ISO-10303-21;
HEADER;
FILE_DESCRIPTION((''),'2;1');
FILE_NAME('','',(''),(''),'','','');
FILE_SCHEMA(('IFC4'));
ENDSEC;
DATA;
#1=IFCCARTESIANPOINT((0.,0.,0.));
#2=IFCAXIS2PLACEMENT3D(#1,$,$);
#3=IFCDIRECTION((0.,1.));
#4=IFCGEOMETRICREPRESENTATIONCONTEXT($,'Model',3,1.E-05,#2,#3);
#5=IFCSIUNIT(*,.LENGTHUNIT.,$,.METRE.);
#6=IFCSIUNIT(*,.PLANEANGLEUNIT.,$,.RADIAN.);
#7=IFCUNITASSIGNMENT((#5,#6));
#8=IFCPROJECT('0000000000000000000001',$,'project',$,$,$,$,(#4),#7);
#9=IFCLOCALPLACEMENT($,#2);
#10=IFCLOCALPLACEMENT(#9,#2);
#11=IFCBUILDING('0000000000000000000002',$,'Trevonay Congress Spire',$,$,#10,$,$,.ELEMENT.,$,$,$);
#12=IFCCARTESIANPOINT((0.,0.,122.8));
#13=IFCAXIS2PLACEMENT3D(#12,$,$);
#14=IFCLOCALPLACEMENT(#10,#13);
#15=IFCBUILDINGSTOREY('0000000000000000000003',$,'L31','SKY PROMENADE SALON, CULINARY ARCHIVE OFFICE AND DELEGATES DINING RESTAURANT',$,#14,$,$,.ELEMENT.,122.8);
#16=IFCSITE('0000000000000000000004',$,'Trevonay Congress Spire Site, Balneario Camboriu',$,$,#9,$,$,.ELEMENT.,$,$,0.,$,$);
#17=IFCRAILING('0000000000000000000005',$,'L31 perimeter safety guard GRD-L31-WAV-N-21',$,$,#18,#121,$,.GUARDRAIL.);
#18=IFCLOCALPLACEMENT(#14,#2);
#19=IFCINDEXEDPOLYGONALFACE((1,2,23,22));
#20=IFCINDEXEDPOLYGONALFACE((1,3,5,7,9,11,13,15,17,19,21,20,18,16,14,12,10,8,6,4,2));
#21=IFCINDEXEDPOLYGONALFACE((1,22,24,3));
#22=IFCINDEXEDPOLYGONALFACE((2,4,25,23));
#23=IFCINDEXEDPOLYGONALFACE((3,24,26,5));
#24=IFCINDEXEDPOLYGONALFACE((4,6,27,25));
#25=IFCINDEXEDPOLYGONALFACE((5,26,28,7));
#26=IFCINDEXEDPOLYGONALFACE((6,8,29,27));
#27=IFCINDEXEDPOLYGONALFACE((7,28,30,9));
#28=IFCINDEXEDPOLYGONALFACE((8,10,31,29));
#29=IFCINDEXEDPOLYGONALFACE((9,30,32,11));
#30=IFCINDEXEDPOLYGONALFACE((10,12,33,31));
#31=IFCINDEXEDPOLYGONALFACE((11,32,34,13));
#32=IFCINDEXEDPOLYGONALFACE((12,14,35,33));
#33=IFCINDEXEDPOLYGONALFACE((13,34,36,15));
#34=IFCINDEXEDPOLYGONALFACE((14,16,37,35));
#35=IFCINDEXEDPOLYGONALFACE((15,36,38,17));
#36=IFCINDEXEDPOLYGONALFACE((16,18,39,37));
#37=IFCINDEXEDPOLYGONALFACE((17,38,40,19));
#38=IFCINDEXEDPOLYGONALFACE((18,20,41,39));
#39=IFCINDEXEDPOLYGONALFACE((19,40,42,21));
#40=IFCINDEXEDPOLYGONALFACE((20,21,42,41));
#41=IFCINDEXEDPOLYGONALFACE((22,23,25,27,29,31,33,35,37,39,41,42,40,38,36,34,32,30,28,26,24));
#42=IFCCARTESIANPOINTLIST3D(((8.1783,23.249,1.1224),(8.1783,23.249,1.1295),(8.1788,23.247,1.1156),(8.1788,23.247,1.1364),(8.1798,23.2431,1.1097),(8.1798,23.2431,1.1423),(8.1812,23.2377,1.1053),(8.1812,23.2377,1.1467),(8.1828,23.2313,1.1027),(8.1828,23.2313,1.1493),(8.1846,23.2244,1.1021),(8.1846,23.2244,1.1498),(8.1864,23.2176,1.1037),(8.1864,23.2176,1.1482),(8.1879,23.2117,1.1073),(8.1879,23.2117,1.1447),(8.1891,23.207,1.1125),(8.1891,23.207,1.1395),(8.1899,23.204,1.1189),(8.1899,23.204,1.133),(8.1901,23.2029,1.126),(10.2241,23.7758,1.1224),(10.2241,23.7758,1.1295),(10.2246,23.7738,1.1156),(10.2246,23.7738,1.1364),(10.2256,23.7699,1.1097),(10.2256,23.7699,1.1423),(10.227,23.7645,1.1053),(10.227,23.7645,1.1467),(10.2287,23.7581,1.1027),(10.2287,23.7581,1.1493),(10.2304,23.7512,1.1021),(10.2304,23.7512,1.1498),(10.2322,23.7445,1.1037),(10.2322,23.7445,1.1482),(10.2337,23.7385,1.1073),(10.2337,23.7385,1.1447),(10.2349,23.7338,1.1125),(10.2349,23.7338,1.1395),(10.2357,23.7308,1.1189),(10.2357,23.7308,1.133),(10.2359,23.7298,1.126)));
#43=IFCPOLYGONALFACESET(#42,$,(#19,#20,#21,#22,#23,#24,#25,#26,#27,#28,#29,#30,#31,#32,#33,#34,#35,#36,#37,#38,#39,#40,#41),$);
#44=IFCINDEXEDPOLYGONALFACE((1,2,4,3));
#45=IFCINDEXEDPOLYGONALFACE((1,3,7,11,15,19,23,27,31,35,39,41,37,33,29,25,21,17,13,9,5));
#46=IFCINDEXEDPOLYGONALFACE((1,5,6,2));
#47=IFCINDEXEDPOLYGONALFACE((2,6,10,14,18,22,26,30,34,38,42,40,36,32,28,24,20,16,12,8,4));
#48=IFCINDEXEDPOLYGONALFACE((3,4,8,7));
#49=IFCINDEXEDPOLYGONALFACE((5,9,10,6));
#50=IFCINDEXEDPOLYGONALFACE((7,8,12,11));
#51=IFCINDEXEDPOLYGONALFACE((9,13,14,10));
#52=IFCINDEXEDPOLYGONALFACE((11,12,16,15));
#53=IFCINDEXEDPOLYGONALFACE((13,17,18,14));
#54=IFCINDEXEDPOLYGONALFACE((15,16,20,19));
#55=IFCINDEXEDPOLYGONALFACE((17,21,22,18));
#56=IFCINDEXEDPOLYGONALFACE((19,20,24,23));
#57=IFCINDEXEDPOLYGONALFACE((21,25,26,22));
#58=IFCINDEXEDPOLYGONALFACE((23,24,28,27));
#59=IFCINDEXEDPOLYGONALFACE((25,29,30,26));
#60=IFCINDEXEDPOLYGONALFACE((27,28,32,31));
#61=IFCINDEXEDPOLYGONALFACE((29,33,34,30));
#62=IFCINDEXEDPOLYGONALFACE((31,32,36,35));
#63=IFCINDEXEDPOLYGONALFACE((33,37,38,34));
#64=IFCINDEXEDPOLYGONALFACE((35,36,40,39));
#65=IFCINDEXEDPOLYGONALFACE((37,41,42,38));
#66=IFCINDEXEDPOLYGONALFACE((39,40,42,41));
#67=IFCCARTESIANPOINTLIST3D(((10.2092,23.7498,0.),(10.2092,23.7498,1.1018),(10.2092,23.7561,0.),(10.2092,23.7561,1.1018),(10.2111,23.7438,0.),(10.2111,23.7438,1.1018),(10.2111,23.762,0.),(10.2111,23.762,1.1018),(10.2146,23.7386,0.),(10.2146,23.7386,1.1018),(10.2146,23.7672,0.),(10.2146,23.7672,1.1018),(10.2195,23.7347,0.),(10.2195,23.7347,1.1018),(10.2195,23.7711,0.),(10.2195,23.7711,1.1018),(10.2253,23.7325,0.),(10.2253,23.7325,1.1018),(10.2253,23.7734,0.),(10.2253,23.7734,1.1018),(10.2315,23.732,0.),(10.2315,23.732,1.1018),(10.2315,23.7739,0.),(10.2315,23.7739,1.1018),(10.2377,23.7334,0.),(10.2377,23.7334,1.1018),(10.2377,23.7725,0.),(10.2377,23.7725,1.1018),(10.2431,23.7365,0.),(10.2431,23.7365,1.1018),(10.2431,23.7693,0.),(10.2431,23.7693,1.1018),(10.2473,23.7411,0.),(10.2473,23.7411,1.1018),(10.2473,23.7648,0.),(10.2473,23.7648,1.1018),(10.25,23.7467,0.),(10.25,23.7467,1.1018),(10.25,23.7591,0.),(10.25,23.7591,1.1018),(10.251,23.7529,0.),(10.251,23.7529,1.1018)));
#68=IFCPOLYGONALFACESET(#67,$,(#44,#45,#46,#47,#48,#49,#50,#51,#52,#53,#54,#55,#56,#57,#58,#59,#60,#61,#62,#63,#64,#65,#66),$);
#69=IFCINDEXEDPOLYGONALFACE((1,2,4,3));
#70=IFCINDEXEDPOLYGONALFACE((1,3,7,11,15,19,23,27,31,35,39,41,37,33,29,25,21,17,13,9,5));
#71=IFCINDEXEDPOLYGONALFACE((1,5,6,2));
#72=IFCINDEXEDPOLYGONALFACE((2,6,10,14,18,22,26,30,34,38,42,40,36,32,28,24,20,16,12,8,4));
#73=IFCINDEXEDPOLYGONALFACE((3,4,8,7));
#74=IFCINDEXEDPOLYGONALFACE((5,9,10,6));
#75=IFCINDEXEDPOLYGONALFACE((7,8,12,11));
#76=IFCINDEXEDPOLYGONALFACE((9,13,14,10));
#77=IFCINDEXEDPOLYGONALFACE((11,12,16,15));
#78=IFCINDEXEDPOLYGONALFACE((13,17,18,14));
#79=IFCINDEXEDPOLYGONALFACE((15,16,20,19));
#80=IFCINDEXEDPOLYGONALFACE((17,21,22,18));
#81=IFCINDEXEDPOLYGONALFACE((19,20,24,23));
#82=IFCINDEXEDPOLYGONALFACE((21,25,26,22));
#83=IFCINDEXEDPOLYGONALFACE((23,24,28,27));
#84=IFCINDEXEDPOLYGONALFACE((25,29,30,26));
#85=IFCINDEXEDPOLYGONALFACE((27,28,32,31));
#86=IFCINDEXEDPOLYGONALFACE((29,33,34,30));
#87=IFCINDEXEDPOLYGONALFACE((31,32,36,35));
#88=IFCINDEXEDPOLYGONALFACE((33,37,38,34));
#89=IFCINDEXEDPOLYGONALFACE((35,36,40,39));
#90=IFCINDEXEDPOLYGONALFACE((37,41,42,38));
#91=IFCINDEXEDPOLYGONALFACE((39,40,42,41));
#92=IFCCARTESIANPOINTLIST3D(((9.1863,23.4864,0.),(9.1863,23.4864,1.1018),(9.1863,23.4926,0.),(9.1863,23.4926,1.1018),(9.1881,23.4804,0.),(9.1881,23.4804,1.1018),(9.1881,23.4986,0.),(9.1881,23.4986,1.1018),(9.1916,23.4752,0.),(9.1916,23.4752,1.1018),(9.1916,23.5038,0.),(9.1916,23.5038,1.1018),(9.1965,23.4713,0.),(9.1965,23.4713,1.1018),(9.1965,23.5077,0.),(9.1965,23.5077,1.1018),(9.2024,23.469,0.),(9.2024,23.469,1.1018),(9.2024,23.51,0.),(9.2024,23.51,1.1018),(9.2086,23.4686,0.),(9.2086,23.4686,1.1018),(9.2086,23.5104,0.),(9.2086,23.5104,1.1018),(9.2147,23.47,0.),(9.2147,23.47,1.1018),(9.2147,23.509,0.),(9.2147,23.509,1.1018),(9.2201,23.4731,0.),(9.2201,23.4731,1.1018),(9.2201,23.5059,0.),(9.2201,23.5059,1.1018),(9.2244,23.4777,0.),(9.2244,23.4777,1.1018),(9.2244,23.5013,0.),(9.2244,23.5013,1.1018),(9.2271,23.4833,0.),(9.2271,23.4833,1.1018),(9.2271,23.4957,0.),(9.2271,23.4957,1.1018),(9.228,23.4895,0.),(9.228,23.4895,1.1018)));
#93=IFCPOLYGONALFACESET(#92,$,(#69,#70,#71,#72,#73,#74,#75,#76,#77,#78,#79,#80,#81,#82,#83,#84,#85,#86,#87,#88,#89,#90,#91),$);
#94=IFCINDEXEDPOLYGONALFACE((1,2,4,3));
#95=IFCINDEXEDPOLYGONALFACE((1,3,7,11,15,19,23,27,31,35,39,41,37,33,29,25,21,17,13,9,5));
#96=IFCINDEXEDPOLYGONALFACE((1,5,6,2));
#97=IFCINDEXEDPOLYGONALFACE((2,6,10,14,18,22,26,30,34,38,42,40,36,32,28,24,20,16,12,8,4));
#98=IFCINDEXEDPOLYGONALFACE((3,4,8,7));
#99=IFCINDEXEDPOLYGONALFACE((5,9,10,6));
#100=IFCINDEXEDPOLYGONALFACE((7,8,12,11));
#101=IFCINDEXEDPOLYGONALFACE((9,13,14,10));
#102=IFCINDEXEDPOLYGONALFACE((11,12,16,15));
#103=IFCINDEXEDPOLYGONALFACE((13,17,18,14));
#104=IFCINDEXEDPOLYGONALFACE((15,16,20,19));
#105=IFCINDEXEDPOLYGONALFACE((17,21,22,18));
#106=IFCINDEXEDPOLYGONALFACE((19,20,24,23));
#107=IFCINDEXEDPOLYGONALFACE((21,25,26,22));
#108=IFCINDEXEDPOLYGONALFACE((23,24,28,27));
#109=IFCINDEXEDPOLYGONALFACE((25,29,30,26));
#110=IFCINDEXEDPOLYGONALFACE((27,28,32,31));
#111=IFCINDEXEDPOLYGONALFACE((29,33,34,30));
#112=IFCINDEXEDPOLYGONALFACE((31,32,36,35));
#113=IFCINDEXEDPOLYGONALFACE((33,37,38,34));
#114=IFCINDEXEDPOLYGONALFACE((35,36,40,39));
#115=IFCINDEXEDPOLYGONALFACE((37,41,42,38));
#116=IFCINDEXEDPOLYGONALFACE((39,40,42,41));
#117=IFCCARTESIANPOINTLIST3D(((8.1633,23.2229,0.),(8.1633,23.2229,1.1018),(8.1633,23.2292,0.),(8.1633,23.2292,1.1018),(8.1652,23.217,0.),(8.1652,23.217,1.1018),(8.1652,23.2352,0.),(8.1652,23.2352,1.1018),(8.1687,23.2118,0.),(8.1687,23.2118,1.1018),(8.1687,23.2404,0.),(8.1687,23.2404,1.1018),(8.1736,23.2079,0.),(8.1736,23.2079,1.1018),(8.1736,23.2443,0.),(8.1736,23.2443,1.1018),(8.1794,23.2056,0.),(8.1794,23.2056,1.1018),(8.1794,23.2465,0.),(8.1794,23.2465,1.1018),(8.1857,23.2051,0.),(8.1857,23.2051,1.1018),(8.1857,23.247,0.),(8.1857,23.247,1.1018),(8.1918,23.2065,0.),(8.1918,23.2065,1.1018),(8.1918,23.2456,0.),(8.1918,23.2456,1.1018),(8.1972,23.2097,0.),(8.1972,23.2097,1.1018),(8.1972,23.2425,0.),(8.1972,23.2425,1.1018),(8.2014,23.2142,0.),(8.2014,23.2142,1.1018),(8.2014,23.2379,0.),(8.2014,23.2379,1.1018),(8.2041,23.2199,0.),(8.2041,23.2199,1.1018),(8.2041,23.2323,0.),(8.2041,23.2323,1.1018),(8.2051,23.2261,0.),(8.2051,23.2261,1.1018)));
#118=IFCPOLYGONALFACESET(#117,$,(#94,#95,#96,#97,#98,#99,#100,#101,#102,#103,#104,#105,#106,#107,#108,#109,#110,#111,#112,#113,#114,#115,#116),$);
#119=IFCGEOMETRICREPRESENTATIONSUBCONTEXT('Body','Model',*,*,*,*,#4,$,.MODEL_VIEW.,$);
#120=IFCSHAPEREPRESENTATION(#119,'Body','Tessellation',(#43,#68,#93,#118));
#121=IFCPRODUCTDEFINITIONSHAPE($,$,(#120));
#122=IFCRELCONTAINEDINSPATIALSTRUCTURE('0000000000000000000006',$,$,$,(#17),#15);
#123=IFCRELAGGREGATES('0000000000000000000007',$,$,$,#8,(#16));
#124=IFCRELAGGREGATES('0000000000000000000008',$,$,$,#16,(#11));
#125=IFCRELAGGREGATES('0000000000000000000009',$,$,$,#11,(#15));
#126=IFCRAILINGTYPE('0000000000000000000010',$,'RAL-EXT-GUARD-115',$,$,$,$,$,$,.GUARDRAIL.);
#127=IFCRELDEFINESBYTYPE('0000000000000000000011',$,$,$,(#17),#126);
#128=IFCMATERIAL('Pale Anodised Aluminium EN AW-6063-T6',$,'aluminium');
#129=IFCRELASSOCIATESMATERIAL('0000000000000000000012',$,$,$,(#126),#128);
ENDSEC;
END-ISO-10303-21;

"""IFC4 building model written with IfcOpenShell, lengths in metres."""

from ifc_helpers import new_model, si_unit, direction, frame, origin, origin_2d, place, context, subcontext, project, spatial, circle, extrude, material, type_object, element, save


model = new_model("IFC4")

# Units and contexts
model_context = context("Model", 3, precision=1e-05, world=origin(), true_north=direction((0.0, 1.0)))
body_context = subcontext(model_context, "Body", "Model", "MODEL_VIEW")
ifc_project = project(units=[si_unit("LENGTHUNIT", "METRE"), si_unit("PLANEANGLEUNIT", "RADIAN")], contexts=[model_context])

# Site, building, storey
site_placement = place(None, origin())
site = spatial("IfcSite", under=ifc_project, at=site_placement, Name="Trevonay Congress Spire Site, Balneario Camboriu", CompositionType="ELEMENT", RefElevation=0.0)
building_placement = place(site_placement, origin())
building = spatial("IfcBuilding", under=site, at=building_placement, Name="Trevonay Congress Spire", CompositionType="ELEMENT")
storey_placement = place(building_placement, frame((0.0, 0.0, 122.8)))
storey = spatial("IfcBuildingStorey", under=building, at=storey_placement, Name="L31", Description="SKY PROMENADE SALON, CULINARY ARCHIVE OFFICE AND DELEGATES DINING RESTAURANT", CompositionType="ELEMENT", Elevation=122.8)

# Shared definitions
ifc_material_1 = material(Name="Pale Anodised Aluminium EN AW-6063-T6", Category="aluminium")

# Railing
railing_type = type_object("IfcRailingType", Name="RAL-EXT-GUARD-115", PredefinedType="GUARDRAIL", material=ifc_material_1)
railing_1_placement = place(storey_placement, frame((10.23, 23.7529, 0.0)))
element("IfcRailing", 1, at=railing_1_placement, inside=storey, type_object=railing_type, Name="L31 perimeter safety guard GRD-L31-WAV-N-21", PredefinedType="GUARDRAIL", context=body_context, shape_type="SweptSolid", body=[
    extrude(circle(Radius=0.0239, at=origin_2d()), frame((0.0, 0.0, 1.126), z_axis=(-0.968405, -0.249382, 0.0), x_axis=(0.249382, -0.968405, 0.0)), (0.0, 0.0, 1.0), 2.1125),
    extrude(circle(Radius=0.021, at=origin_2d()), origin(), (0.0, 0.0, 1.0), 1.1018),
    extrude(circle(Radius=0.021, at=origin_2d()), frame((-1.0229, -0.2634, 0.0)), (0.0, 0.0, 1.0), 1.1018),
    extrude(circle(Radius=0.021, at=origin_2d()), frame((-2.0459, -0.5269, 0.0)), (0.0, 0.0, 1.0), 1.1018),
])

save(model, "model.ifc")
